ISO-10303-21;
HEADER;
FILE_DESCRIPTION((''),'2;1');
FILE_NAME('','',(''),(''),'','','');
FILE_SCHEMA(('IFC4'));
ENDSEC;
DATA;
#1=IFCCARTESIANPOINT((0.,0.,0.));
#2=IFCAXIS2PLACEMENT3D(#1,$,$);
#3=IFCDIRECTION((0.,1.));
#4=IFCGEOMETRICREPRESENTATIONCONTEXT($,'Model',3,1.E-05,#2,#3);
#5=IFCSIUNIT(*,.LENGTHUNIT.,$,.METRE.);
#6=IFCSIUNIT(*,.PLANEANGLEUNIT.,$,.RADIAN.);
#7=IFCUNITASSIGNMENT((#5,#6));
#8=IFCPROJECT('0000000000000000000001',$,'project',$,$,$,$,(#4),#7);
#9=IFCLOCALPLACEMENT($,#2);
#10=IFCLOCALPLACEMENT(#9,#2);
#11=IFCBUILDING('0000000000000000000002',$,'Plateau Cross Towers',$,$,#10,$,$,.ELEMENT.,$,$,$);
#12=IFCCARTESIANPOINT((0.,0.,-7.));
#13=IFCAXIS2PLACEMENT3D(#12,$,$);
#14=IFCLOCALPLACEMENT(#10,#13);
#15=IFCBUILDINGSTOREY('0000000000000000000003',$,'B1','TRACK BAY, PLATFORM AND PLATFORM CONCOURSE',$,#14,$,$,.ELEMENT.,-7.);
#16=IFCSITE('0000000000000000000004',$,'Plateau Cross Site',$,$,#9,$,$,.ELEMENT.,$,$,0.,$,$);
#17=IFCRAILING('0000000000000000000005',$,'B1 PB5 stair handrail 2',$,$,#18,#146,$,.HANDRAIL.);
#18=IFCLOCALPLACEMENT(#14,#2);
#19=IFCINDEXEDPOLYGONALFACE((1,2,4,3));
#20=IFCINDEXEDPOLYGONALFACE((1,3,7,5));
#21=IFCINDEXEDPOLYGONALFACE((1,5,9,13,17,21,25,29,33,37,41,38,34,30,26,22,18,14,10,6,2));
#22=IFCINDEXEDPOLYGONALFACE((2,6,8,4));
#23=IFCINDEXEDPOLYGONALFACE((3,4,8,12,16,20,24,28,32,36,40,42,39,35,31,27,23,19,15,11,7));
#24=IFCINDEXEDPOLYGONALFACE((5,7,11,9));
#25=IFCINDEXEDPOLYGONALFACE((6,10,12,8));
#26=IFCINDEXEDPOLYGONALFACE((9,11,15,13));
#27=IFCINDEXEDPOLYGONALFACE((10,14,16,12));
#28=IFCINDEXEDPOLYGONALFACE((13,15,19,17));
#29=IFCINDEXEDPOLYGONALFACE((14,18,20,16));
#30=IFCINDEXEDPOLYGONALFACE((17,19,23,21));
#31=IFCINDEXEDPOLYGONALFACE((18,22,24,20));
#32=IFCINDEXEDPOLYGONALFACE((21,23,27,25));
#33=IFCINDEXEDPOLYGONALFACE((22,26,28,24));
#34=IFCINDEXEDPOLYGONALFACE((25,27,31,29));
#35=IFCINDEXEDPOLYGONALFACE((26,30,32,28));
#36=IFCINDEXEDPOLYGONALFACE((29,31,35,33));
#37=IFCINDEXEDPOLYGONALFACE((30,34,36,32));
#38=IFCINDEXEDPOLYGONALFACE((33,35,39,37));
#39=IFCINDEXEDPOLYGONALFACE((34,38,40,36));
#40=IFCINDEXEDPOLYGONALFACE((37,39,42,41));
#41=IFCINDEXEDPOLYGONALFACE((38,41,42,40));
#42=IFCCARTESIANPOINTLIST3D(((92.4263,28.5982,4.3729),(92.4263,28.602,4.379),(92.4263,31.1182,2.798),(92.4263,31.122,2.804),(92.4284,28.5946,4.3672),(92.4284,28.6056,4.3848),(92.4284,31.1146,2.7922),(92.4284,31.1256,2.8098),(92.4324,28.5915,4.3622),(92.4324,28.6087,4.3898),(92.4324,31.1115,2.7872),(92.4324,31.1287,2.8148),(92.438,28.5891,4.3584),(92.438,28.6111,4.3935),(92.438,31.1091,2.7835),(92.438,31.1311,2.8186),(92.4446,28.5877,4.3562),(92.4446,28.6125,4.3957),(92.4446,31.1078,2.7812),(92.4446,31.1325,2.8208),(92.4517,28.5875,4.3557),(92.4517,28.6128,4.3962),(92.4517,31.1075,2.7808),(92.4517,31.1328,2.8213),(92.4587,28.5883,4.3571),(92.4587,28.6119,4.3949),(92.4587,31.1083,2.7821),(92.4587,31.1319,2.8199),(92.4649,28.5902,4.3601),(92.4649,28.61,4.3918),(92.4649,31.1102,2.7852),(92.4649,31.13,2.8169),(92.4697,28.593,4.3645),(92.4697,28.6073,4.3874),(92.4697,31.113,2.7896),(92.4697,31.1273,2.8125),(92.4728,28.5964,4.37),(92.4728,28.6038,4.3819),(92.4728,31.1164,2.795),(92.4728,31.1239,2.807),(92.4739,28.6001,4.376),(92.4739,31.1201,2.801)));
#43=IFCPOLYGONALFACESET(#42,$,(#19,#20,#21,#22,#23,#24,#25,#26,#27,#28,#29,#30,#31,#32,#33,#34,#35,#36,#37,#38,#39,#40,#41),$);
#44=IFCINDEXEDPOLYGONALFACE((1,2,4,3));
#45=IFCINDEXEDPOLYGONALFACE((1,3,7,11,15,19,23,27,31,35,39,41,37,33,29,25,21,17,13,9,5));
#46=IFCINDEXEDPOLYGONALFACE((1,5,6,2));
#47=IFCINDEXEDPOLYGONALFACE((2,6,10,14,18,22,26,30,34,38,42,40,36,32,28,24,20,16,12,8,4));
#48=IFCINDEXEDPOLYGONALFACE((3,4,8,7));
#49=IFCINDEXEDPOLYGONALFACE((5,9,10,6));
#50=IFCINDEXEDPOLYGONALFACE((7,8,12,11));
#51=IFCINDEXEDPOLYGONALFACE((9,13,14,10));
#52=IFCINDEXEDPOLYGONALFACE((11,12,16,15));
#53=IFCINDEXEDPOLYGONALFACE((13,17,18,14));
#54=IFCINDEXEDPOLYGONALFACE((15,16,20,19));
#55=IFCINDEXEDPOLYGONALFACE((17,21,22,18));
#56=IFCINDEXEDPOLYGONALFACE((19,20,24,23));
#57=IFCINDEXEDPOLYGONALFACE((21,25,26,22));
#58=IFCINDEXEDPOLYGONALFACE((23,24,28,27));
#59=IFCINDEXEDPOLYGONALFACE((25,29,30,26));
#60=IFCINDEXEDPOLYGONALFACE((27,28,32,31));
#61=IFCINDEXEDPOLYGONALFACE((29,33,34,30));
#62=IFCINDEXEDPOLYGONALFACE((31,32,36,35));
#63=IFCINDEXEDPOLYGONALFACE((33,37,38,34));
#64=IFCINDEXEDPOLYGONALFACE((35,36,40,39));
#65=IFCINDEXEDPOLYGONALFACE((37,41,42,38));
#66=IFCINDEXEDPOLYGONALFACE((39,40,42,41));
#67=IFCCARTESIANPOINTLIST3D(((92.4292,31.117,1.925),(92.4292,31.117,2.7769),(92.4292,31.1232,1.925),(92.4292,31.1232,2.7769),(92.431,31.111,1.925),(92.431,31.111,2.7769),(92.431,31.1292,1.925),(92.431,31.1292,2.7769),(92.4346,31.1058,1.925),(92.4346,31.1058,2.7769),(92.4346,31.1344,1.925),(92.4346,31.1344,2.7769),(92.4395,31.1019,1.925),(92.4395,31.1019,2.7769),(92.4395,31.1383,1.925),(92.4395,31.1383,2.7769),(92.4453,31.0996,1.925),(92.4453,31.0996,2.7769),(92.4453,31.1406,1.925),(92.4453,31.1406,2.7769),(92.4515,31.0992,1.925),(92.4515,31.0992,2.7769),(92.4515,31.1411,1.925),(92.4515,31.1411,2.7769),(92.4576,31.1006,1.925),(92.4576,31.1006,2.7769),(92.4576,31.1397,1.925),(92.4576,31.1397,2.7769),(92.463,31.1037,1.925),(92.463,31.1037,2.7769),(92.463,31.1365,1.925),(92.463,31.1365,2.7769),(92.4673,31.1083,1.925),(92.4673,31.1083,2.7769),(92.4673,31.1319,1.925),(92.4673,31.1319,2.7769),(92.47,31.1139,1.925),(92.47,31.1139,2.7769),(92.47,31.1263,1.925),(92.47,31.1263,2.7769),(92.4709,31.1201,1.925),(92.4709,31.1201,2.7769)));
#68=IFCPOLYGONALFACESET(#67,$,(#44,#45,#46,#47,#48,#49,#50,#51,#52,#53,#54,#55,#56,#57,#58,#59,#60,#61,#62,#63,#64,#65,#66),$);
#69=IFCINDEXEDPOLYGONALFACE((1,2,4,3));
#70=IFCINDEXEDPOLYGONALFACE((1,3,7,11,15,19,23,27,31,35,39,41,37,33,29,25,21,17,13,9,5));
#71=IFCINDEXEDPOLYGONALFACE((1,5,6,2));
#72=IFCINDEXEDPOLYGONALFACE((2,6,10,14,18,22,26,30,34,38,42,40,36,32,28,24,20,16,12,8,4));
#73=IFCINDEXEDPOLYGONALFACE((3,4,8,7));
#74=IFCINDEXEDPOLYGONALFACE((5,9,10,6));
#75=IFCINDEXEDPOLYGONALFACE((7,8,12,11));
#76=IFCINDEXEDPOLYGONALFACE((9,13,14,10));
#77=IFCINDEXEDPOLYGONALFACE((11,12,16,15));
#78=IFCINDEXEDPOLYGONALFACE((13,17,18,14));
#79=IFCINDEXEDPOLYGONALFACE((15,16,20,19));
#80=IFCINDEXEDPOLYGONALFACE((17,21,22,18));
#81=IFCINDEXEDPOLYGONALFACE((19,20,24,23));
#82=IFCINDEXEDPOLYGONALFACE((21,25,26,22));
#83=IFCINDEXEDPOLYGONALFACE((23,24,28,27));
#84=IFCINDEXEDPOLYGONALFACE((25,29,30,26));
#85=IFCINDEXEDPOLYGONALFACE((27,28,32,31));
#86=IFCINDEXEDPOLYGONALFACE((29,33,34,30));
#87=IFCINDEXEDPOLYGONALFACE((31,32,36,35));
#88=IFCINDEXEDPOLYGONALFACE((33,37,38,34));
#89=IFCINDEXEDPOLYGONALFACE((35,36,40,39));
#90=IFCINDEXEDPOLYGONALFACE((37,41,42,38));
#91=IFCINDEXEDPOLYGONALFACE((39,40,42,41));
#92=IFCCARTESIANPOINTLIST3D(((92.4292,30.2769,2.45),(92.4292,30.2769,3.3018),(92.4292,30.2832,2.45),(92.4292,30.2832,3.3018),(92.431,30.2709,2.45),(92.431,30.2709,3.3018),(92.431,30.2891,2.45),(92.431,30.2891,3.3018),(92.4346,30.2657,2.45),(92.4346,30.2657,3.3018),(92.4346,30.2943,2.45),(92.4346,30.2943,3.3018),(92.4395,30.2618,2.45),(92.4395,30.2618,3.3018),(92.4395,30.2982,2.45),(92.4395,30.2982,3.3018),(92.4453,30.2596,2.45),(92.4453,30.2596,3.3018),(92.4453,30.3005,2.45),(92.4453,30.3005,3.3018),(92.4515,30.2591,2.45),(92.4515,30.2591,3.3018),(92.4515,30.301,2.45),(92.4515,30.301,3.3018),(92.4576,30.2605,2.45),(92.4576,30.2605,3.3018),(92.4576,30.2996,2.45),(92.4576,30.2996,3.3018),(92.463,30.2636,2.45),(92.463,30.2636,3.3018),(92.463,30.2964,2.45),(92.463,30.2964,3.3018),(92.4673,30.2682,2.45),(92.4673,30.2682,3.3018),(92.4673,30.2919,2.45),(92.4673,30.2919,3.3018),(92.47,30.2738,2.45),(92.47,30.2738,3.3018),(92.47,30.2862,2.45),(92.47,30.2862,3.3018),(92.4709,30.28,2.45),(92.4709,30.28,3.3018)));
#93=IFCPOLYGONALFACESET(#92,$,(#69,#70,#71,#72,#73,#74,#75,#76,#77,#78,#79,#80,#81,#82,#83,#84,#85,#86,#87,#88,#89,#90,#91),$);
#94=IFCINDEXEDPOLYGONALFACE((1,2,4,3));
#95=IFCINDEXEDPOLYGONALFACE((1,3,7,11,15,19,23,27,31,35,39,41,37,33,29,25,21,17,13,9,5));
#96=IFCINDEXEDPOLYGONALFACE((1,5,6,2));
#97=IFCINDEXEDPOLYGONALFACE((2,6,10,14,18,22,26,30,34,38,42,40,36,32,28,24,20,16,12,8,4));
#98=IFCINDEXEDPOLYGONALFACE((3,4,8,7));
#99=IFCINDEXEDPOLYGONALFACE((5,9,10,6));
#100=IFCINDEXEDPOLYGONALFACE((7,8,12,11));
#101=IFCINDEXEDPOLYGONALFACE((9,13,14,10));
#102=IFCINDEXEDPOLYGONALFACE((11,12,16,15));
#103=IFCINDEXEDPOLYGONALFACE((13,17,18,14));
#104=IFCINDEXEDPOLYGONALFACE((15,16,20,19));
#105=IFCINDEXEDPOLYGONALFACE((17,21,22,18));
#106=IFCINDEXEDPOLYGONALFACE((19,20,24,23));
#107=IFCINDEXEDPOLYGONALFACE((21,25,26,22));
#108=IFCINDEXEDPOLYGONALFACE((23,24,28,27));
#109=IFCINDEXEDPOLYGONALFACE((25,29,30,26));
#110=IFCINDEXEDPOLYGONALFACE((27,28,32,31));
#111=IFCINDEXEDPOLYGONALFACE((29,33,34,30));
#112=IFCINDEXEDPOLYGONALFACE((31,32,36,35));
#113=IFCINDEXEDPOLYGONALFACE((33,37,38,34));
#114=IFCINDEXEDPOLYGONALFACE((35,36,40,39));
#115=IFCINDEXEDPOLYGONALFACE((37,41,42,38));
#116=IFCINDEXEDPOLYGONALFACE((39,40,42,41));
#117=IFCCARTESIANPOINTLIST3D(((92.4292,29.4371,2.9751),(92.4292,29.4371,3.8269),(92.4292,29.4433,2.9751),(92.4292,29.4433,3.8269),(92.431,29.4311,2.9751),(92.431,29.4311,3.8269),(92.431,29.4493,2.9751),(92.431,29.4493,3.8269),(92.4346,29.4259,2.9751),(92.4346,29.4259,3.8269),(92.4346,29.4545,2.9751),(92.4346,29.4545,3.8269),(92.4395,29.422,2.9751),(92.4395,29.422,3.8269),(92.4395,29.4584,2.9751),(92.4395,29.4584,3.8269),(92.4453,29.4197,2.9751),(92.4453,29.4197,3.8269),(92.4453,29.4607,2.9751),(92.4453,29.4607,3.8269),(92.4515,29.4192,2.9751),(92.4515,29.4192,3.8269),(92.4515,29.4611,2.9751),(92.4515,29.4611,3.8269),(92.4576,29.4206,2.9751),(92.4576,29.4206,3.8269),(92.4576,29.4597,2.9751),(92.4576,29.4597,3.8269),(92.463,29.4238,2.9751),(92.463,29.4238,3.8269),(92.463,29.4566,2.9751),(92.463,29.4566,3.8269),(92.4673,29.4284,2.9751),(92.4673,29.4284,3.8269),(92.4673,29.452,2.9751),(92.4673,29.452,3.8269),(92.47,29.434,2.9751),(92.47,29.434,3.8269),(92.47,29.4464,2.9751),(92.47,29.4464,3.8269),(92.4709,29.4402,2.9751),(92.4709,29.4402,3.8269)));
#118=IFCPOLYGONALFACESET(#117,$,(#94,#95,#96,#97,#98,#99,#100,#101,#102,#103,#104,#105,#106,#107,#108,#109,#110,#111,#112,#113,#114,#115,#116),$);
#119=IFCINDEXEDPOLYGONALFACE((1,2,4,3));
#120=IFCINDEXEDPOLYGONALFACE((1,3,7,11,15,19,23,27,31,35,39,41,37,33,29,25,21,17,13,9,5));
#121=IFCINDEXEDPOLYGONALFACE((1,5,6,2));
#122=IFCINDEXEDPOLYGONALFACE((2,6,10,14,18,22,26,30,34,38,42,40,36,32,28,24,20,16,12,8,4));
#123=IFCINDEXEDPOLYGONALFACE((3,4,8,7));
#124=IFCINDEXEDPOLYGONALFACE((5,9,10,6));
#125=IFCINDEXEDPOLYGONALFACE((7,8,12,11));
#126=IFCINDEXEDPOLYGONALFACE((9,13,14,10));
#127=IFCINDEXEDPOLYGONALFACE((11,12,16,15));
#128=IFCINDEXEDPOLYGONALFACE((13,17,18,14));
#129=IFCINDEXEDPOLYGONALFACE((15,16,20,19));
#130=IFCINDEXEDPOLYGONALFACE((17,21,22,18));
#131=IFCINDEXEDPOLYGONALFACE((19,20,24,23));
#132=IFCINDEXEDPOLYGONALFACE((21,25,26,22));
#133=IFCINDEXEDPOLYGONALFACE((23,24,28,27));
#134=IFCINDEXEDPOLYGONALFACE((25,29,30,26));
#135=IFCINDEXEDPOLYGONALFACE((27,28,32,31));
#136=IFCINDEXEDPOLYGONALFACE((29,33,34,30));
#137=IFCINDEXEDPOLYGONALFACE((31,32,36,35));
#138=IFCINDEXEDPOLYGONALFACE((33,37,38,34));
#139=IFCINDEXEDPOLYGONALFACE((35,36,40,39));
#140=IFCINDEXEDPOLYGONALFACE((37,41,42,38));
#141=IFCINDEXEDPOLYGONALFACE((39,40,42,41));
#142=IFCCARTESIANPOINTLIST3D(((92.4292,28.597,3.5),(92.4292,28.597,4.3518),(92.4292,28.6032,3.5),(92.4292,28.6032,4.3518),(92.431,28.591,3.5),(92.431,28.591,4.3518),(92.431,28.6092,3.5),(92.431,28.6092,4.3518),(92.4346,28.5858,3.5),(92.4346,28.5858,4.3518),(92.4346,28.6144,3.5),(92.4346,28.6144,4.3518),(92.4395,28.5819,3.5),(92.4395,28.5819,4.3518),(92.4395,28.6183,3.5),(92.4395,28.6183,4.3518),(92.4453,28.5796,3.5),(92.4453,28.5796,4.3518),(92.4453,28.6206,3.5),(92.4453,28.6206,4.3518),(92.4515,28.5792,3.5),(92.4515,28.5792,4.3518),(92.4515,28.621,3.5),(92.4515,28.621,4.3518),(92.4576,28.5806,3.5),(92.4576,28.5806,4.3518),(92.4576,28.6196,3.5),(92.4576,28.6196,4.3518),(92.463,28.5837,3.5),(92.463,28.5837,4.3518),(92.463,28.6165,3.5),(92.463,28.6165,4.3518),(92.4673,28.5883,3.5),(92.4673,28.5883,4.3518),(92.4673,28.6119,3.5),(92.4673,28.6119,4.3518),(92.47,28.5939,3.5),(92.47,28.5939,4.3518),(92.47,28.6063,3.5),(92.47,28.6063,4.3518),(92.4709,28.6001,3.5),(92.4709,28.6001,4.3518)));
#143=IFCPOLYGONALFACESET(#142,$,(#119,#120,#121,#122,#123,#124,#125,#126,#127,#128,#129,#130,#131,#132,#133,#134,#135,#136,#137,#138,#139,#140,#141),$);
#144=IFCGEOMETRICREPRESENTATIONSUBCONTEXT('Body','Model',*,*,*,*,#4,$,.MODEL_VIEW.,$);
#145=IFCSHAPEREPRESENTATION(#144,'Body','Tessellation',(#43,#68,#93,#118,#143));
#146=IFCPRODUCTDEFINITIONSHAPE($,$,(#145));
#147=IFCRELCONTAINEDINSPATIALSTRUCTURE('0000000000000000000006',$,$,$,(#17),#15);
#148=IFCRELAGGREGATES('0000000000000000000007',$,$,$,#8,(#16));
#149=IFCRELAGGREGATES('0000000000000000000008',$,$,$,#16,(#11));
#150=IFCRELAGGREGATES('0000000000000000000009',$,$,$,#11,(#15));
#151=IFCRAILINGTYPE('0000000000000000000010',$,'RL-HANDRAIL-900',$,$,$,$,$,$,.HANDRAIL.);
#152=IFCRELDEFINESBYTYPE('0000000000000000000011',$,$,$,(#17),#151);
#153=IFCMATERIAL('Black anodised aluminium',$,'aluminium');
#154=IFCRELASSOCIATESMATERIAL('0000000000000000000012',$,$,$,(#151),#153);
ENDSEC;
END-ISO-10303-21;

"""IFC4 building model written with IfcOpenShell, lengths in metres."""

from ifc_helpers import new_model, si_unit, direction, frame, origin, origin_2d, place, context, subcontext, project, spatial, circle, extrude, material, type_object, element, save


model = new_model("IFC4")

# Units and contexts
model_context = context("Model", 3, precision=1e-05, world=origin(), true_north=direction((0.0, 1.0)))
body_context = subcontext(model_context, "Body", "Model", "MODEL_VIEW")
ifc_project = project(units=[si_unit("LENGTHUNIT", "METRE"), si_unit("PLANEANGLEUNIT", "RADIAN")], contexts=[model_context])

# Site, building, storey
site_placement = place(None, origin())
site = spatial("IfcSite", under=ifc_project, at=site_placement, Name="Plateau Cross Site", CompositionType="ELEMENT", RefElevation=0.0)
building_placement = place(site_placement, origin())
building = spatial("IfcBuilding", under=site, at=building_placement, Name="Plateau Cross Towers", CompositionType="ELEMENT")
storey_placement = place(building_placement, frame((0.0, 0.0, -7.0)))
storey = spatial("IfcBuildingStorey", under=building, at=storey_placement, Name="B1", Description="TRACK BAY, PLATFORM AND PLATFORM CONCOURSE", CompositionType="ELEMENT", Elevation=-7.0)

# Railing
ifc_material_1 = material(Name="Black anodised aluminium", Category="aluminium")
railing_type_1 = type_object("IfcRailingType", Name="RL-HANDRAIL-900", PredefinedType="HANDRAIL", material=ifc_material_1)
railing_1_placement = place(storey_placement, frame((92.45, 31.1201, 1.925)))
element("IfcRailing", 1, at=railing_1_placement, inside=storey, type_object=railing_type_1, Name="B1 PB5 stair handrail 2", PredefinedType="HANDRAIL", context=body_context, shape_type="SweptSolid", body=[
    extrude(circle(Radius=0.0239, at=origin_2d()), frame((0.0, 0.0, 0.876), z_axis=(0.0, -0.848008, 0.529984), x_axis=(1.0, 0.0, 0.0)), (0.0, 0.0, 1.0), 2.9717),
    extrude(circle(Radius=0.021, at=origin_2d()), origin(), (0.0, 0.0, 1.0), 0.8518),
    extrude(circle(Radius=0.021, at=origin_2d()), frame((0.0, -0.8401, 0.5249)), (0.0, 0.0, 1.0), 0.8518),
    extrude(circle(Radius=0.021, at=origin_2d()), frame((0.0, -1.6799, 1.05)), (0.0, 0.0, 1.0), 0.8518),
    extrude(circle(Radius=0.021, at=origin_2d()), frame((0.0, -2.52, 1.575)), (0.0, 0.0, 1.0), 0.8518),
])

save(model, "model.ifc")
